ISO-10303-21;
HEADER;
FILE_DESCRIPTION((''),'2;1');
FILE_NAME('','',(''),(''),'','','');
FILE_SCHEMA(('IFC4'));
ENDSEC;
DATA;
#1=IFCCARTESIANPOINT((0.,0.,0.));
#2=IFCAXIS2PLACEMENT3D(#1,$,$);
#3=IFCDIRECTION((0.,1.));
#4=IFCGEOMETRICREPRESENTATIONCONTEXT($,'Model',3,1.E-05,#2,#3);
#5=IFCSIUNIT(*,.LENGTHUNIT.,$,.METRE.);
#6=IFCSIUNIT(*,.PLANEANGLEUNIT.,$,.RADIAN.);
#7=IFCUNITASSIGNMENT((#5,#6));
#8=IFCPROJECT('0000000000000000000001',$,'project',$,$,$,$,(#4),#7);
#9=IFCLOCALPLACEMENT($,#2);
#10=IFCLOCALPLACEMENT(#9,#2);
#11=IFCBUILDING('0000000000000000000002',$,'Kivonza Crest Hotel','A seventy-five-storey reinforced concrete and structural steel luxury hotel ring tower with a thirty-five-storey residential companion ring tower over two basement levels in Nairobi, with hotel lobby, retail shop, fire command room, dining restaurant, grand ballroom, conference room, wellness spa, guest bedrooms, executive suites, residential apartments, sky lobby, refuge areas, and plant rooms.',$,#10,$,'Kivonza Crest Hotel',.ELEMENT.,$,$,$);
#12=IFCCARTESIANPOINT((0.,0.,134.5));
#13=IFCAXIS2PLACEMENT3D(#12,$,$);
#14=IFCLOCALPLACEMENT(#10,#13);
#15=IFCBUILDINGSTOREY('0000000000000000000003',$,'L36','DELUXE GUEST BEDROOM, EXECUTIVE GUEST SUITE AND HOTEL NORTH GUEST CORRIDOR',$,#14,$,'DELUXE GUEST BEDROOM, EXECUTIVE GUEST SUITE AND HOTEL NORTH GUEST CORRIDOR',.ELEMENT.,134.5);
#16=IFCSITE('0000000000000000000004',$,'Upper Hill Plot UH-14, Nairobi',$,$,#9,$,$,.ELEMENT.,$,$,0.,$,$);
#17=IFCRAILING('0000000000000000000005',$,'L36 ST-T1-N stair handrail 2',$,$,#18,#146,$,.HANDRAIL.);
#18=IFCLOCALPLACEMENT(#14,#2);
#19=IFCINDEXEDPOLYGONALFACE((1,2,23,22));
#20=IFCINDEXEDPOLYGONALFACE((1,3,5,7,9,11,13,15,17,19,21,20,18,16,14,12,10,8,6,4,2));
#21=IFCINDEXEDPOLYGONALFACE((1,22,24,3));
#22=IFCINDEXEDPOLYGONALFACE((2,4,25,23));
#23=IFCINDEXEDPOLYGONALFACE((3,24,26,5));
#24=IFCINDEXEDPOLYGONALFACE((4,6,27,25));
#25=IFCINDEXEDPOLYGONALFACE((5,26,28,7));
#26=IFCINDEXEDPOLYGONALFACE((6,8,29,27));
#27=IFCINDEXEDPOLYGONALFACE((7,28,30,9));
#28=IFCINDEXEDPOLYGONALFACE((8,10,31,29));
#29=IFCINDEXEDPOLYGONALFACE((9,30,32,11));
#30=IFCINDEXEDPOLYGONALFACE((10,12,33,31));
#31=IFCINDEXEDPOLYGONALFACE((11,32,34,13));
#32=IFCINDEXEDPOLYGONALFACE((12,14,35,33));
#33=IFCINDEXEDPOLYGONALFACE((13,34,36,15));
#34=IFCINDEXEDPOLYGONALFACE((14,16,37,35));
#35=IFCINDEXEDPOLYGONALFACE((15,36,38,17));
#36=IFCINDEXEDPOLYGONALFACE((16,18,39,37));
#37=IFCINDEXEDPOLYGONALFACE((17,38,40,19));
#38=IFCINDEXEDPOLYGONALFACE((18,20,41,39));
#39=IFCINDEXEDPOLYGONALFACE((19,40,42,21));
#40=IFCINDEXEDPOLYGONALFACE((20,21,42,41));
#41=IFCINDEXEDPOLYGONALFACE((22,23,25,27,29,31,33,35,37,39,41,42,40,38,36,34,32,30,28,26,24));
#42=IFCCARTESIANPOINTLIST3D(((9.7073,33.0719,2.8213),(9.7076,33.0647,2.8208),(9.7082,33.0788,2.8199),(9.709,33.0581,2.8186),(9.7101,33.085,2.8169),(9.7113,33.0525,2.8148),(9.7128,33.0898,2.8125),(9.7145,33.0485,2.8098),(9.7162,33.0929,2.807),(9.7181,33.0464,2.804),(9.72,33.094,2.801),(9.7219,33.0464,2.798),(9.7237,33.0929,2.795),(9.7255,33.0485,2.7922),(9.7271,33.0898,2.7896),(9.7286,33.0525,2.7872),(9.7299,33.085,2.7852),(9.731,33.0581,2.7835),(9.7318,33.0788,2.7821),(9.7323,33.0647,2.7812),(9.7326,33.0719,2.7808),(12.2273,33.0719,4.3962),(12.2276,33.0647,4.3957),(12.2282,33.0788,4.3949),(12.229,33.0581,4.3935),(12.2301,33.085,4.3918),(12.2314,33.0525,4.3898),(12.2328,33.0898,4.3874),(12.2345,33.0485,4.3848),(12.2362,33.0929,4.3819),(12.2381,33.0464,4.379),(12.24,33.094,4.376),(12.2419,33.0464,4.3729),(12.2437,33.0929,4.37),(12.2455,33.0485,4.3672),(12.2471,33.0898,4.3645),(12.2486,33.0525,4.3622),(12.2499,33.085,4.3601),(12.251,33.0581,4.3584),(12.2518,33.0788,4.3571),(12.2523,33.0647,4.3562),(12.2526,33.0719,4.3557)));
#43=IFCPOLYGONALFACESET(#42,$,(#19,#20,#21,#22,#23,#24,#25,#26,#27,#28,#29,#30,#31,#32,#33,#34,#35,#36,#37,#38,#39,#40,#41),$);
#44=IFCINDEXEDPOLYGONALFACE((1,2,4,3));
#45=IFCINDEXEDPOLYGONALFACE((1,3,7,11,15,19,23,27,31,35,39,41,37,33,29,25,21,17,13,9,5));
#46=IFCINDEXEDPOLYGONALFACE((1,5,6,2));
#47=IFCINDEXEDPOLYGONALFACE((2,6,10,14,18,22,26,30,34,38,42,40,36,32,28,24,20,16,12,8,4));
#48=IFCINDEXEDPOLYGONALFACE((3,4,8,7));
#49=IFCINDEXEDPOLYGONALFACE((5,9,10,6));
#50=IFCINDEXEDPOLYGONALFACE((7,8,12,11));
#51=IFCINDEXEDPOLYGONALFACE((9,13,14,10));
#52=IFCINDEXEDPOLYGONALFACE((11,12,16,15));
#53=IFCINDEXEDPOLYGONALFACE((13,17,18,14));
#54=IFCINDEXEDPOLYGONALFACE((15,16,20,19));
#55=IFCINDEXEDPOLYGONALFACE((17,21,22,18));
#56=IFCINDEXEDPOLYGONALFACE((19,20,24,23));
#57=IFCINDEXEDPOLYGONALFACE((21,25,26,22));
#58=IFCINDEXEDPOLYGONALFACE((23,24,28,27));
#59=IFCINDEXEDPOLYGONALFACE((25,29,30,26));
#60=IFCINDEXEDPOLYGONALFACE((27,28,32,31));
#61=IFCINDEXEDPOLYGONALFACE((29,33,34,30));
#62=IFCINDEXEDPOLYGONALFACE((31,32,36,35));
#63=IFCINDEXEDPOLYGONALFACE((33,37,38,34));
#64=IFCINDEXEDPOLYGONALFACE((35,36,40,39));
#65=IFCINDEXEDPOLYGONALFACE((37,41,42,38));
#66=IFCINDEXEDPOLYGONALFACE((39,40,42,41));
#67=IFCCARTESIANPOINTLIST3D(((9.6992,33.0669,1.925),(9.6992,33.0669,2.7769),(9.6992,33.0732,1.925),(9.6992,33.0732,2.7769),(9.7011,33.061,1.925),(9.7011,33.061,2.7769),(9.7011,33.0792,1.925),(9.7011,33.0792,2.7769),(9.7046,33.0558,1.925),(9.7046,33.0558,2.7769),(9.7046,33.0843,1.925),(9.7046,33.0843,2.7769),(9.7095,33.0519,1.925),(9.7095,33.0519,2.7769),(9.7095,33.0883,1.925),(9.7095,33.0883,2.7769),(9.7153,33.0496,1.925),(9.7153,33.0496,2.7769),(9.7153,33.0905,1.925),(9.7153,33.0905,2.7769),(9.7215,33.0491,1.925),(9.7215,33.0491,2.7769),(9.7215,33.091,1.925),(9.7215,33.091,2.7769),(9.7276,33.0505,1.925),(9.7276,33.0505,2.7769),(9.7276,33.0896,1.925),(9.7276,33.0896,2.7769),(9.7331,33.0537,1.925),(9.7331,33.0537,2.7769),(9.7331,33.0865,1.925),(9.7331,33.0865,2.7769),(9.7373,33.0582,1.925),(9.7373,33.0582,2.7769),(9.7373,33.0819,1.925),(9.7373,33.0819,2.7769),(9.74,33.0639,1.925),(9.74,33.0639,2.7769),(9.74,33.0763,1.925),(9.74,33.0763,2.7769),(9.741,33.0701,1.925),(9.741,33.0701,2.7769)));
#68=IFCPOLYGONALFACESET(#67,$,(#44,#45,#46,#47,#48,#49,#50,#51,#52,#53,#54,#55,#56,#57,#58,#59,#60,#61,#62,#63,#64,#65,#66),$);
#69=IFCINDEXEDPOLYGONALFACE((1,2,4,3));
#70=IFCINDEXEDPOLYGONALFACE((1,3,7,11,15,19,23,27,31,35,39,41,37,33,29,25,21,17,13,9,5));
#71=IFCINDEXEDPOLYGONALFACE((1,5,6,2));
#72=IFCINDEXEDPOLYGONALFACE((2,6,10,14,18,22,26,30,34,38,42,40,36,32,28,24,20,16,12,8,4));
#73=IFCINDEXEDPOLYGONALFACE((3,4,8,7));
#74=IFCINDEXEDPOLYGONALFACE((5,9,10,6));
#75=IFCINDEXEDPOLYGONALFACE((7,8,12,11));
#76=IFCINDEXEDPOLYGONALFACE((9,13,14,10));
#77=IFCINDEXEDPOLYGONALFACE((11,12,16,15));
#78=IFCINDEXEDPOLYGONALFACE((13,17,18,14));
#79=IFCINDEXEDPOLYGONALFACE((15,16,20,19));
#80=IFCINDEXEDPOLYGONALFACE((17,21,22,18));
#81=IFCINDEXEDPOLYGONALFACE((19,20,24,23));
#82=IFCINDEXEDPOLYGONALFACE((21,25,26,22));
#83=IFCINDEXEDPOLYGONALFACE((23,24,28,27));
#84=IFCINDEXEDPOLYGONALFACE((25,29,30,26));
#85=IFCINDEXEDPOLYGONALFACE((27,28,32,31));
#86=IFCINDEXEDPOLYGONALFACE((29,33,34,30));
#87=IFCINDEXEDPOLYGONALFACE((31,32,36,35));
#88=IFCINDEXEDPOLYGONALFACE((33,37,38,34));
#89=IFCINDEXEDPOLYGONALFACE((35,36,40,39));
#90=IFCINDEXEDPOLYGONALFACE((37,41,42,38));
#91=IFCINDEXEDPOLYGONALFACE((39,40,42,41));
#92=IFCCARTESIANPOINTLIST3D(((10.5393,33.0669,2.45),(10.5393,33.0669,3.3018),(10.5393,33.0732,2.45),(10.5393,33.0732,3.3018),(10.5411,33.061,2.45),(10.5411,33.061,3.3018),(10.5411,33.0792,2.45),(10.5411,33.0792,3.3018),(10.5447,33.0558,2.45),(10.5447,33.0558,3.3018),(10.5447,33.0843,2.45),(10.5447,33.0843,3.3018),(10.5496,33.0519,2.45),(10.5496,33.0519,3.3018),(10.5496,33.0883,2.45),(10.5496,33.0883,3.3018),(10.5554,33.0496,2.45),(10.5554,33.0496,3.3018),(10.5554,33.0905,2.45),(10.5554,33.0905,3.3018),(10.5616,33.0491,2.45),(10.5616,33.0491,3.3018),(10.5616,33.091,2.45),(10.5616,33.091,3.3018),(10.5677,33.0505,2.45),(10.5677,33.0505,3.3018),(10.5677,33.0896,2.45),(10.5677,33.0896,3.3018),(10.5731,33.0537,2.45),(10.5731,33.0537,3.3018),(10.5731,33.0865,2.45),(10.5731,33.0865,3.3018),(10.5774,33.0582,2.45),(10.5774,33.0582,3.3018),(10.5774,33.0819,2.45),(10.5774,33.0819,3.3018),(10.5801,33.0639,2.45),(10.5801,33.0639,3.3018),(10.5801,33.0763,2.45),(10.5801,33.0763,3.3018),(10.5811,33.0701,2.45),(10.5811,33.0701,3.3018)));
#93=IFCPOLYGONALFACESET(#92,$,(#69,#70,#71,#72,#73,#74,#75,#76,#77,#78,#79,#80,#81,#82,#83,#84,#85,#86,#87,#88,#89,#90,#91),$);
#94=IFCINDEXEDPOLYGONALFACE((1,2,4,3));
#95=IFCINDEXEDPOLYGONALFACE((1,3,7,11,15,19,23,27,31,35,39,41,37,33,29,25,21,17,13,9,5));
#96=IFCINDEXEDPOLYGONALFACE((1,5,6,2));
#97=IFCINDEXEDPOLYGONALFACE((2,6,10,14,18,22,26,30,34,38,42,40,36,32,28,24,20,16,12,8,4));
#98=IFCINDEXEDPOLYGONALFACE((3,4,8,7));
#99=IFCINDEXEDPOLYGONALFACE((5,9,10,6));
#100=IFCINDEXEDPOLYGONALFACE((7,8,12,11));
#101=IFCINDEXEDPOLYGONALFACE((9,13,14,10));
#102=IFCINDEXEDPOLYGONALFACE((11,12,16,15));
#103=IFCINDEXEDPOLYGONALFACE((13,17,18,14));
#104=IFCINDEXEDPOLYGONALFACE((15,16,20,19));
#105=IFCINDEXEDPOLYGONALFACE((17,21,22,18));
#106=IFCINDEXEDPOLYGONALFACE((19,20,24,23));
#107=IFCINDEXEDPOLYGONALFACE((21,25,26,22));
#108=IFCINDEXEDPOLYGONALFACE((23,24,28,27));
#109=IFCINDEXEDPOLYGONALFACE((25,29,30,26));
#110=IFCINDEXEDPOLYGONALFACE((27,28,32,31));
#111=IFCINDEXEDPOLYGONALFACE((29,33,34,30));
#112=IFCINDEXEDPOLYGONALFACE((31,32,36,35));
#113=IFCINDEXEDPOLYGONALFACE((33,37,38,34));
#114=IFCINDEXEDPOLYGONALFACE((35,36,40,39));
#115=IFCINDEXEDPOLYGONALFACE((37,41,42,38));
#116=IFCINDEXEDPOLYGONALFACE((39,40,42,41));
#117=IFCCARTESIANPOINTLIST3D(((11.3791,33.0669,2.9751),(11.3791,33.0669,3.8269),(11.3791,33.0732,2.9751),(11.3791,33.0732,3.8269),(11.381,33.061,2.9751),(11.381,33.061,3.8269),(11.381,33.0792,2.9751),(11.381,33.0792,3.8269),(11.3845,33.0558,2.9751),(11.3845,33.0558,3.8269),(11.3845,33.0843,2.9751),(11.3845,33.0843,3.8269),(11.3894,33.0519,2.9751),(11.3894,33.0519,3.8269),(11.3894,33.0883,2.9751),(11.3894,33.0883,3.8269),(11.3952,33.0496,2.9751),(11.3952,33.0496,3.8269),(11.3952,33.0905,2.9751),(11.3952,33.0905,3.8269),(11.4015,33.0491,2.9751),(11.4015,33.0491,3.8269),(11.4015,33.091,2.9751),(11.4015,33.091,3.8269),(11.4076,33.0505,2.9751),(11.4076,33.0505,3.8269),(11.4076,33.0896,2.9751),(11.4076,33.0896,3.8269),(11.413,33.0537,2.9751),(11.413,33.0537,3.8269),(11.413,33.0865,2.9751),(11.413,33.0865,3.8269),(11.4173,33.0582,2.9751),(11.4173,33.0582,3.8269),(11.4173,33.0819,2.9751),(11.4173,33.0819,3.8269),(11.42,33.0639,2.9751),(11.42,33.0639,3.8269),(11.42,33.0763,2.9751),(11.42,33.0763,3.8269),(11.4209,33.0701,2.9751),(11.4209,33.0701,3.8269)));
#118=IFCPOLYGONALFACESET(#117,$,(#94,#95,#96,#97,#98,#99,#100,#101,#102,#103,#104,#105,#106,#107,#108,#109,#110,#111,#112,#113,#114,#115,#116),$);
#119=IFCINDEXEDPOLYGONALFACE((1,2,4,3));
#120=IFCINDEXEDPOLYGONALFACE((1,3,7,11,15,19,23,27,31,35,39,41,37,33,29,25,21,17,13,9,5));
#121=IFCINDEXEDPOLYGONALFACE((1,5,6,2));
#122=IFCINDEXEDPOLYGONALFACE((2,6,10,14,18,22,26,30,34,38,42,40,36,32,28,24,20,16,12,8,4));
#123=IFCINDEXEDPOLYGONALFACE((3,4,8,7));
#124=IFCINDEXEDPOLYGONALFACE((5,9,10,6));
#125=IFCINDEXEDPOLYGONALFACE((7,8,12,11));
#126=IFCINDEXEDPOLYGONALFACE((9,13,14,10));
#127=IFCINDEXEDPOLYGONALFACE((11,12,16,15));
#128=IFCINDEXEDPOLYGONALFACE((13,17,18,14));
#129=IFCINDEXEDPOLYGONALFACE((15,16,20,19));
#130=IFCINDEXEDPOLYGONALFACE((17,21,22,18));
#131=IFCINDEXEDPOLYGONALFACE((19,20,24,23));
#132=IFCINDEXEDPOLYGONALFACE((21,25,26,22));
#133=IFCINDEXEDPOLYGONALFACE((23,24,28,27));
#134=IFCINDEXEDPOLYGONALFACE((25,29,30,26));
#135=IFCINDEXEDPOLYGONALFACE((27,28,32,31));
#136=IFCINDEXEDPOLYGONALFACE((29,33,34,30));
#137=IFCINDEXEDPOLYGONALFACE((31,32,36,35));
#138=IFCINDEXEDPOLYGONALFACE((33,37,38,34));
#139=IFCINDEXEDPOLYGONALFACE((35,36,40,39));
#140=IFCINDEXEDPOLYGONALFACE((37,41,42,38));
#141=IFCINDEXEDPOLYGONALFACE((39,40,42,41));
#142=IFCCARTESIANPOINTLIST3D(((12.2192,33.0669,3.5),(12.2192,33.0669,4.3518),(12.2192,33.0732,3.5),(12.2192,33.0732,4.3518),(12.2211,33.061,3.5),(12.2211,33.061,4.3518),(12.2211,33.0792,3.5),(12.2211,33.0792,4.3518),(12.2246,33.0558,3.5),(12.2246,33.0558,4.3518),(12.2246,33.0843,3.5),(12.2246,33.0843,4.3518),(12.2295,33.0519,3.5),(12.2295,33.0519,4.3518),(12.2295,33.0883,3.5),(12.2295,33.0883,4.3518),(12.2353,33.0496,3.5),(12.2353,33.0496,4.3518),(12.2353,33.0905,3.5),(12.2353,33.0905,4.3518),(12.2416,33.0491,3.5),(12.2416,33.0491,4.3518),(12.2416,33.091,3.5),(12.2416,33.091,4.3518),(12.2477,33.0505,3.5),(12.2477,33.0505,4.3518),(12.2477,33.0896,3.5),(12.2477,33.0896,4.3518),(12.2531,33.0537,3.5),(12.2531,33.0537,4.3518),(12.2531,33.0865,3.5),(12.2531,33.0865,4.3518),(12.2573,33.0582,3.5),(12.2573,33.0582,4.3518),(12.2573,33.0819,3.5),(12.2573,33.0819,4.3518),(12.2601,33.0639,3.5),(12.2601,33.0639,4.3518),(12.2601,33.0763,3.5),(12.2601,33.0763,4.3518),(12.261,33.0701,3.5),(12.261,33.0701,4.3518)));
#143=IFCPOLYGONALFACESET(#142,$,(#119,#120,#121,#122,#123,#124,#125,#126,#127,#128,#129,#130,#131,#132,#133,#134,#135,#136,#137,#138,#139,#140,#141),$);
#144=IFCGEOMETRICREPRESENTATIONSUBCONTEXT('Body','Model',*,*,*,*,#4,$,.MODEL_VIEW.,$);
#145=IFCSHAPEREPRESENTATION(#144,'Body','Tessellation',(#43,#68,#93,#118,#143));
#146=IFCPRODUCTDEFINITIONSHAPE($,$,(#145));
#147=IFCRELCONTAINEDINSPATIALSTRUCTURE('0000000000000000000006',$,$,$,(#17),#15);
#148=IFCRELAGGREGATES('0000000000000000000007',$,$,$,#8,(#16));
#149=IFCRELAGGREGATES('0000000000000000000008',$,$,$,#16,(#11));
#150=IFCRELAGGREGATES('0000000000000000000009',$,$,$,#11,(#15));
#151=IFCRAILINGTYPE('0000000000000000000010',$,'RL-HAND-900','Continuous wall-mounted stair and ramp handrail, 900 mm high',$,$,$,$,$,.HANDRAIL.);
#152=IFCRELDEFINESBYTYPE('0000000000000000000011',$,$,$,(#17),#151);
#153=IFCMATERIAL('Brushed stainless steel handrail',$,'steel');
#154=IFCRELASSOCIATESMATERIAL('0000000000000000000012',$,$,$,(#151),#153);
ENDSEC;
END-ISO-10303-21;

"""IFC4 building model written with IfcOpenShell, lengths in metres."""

from ifc_helpers import new_model, si_unit, direction, frame, origin, origin_2d, place, context, subcontext, project, spatial, circle, extrude, material, type_object, element, save


model = new_model("IFC4")

# Units and contexts
model_context = context("Model", 3, precision=1e-05, world=origin(), true_north=direction((0.0, 1.0)))
body_context = subcontext(model_context, "Body", "Model", "MODEL_VIEW")
ifc_project = project(units=[si_unit("LENGTHUNIT", "METRE"), si_unit("PLANEANGLEUNIT", "RADIAN")], contexts=[model_context])

# Site, building, storey
site_placement = place(None, origin())
site = spatial("IfcSite", under=ifc_project, at=site_placement, Name="Upper Hill Plot UH-14, Nairobi", CompositionType="ELEMENT", RefElevation=0.0)
building_placement = place(site_placement, origin())
building = spatial("IfcBuilding", under=site, at=building_placement, Name="Kivonza Crest Hotel", Description="A seventy-five-storey reinforced concrete and structural steel luxury hotel ring tower with a thirty-five-storey residential companion ring tower over two basement levels in Nairobi, with hotel lobby, retail shop, fire command room, dining restaurant, grand ballroom, conference room, wellness spa, guest bedrooms, executive suites, residential apartments, sky lobby, refuge areas, and plant rooms.", LongName="Kivonza Crest Hotel", CompositionType="ELEMENT")
storey_placement = place(building_placement, frame((0.0, 0.0, 134.5)))
storey = spatial("IfcBuildingStorey", under=building, at=storey_placement, Name="L36", Description="DELUXE GUEST BEDROOM, EXECUTIVE GUEST SUITE AND HOTEL NORTH GUEST CORRIDOR", LongName="DELUXE GUEST BEDROOM, EXECUTIVE GUEST SUITE AND HOTEL NORTH GUEST CORRIDOR", CompositionType="ELEMENT", Elevation=134.5)

# Railing
ifc_material_1 = material(Name="Brushed stainless steel handrail", Category="steel")
railing_type = type_object("IfcRailingType", Name="RL-HAND-900", Description="Continuous wall-mounted stair and ramp handrail, 900 mm high", PredefinedType="HANDRAIL", material=ifc_material_1)
railing_placement = place(storey_placement, frame((9.72, 33.0701, 1.925)))
element("IfcRailing", 1, at=railing_placement, inside=storey, type_object=railing_type, Name="L36 ST-T1-N stair handrail 2", PredefinedType="HANDRAIL", context=body_context, shape_type="SweptSolid", body=[
    extrude(circle(Radius=0.0239, at=origin_2d()), frame((0.0, 0.0, 0.876), z_axis=(0.848008, 0.0, 0.529984), x_axis=(0.0, 1.0, 0.0)), (0.0, 0.0, 1.0), 2.9717),
    extrude(circle(Radius=0.021, at=origin_2d()), origin(), (0.0, 0.0, 1.0), 0.8518),
    extrude(circle(Radius=0.021, at=origin_2d()), frame((0.8401, 0.0, 0.5249)), (0.0, 0.0, 1.0), 0.8518),
    extrude(circle(Radius=0.021, at=origin_2d()), frame((1.6799, 0.0, 1.05)), (0.0, 0.0, 1.0), 0.8518),
    extrude(circle(Radius=0.021, at=origin_2d()), frame((2.52, 0.0, 1.575)), (0.0, 0.0, 1.0), 0.8518),
])

save(model, "model.ifc")
